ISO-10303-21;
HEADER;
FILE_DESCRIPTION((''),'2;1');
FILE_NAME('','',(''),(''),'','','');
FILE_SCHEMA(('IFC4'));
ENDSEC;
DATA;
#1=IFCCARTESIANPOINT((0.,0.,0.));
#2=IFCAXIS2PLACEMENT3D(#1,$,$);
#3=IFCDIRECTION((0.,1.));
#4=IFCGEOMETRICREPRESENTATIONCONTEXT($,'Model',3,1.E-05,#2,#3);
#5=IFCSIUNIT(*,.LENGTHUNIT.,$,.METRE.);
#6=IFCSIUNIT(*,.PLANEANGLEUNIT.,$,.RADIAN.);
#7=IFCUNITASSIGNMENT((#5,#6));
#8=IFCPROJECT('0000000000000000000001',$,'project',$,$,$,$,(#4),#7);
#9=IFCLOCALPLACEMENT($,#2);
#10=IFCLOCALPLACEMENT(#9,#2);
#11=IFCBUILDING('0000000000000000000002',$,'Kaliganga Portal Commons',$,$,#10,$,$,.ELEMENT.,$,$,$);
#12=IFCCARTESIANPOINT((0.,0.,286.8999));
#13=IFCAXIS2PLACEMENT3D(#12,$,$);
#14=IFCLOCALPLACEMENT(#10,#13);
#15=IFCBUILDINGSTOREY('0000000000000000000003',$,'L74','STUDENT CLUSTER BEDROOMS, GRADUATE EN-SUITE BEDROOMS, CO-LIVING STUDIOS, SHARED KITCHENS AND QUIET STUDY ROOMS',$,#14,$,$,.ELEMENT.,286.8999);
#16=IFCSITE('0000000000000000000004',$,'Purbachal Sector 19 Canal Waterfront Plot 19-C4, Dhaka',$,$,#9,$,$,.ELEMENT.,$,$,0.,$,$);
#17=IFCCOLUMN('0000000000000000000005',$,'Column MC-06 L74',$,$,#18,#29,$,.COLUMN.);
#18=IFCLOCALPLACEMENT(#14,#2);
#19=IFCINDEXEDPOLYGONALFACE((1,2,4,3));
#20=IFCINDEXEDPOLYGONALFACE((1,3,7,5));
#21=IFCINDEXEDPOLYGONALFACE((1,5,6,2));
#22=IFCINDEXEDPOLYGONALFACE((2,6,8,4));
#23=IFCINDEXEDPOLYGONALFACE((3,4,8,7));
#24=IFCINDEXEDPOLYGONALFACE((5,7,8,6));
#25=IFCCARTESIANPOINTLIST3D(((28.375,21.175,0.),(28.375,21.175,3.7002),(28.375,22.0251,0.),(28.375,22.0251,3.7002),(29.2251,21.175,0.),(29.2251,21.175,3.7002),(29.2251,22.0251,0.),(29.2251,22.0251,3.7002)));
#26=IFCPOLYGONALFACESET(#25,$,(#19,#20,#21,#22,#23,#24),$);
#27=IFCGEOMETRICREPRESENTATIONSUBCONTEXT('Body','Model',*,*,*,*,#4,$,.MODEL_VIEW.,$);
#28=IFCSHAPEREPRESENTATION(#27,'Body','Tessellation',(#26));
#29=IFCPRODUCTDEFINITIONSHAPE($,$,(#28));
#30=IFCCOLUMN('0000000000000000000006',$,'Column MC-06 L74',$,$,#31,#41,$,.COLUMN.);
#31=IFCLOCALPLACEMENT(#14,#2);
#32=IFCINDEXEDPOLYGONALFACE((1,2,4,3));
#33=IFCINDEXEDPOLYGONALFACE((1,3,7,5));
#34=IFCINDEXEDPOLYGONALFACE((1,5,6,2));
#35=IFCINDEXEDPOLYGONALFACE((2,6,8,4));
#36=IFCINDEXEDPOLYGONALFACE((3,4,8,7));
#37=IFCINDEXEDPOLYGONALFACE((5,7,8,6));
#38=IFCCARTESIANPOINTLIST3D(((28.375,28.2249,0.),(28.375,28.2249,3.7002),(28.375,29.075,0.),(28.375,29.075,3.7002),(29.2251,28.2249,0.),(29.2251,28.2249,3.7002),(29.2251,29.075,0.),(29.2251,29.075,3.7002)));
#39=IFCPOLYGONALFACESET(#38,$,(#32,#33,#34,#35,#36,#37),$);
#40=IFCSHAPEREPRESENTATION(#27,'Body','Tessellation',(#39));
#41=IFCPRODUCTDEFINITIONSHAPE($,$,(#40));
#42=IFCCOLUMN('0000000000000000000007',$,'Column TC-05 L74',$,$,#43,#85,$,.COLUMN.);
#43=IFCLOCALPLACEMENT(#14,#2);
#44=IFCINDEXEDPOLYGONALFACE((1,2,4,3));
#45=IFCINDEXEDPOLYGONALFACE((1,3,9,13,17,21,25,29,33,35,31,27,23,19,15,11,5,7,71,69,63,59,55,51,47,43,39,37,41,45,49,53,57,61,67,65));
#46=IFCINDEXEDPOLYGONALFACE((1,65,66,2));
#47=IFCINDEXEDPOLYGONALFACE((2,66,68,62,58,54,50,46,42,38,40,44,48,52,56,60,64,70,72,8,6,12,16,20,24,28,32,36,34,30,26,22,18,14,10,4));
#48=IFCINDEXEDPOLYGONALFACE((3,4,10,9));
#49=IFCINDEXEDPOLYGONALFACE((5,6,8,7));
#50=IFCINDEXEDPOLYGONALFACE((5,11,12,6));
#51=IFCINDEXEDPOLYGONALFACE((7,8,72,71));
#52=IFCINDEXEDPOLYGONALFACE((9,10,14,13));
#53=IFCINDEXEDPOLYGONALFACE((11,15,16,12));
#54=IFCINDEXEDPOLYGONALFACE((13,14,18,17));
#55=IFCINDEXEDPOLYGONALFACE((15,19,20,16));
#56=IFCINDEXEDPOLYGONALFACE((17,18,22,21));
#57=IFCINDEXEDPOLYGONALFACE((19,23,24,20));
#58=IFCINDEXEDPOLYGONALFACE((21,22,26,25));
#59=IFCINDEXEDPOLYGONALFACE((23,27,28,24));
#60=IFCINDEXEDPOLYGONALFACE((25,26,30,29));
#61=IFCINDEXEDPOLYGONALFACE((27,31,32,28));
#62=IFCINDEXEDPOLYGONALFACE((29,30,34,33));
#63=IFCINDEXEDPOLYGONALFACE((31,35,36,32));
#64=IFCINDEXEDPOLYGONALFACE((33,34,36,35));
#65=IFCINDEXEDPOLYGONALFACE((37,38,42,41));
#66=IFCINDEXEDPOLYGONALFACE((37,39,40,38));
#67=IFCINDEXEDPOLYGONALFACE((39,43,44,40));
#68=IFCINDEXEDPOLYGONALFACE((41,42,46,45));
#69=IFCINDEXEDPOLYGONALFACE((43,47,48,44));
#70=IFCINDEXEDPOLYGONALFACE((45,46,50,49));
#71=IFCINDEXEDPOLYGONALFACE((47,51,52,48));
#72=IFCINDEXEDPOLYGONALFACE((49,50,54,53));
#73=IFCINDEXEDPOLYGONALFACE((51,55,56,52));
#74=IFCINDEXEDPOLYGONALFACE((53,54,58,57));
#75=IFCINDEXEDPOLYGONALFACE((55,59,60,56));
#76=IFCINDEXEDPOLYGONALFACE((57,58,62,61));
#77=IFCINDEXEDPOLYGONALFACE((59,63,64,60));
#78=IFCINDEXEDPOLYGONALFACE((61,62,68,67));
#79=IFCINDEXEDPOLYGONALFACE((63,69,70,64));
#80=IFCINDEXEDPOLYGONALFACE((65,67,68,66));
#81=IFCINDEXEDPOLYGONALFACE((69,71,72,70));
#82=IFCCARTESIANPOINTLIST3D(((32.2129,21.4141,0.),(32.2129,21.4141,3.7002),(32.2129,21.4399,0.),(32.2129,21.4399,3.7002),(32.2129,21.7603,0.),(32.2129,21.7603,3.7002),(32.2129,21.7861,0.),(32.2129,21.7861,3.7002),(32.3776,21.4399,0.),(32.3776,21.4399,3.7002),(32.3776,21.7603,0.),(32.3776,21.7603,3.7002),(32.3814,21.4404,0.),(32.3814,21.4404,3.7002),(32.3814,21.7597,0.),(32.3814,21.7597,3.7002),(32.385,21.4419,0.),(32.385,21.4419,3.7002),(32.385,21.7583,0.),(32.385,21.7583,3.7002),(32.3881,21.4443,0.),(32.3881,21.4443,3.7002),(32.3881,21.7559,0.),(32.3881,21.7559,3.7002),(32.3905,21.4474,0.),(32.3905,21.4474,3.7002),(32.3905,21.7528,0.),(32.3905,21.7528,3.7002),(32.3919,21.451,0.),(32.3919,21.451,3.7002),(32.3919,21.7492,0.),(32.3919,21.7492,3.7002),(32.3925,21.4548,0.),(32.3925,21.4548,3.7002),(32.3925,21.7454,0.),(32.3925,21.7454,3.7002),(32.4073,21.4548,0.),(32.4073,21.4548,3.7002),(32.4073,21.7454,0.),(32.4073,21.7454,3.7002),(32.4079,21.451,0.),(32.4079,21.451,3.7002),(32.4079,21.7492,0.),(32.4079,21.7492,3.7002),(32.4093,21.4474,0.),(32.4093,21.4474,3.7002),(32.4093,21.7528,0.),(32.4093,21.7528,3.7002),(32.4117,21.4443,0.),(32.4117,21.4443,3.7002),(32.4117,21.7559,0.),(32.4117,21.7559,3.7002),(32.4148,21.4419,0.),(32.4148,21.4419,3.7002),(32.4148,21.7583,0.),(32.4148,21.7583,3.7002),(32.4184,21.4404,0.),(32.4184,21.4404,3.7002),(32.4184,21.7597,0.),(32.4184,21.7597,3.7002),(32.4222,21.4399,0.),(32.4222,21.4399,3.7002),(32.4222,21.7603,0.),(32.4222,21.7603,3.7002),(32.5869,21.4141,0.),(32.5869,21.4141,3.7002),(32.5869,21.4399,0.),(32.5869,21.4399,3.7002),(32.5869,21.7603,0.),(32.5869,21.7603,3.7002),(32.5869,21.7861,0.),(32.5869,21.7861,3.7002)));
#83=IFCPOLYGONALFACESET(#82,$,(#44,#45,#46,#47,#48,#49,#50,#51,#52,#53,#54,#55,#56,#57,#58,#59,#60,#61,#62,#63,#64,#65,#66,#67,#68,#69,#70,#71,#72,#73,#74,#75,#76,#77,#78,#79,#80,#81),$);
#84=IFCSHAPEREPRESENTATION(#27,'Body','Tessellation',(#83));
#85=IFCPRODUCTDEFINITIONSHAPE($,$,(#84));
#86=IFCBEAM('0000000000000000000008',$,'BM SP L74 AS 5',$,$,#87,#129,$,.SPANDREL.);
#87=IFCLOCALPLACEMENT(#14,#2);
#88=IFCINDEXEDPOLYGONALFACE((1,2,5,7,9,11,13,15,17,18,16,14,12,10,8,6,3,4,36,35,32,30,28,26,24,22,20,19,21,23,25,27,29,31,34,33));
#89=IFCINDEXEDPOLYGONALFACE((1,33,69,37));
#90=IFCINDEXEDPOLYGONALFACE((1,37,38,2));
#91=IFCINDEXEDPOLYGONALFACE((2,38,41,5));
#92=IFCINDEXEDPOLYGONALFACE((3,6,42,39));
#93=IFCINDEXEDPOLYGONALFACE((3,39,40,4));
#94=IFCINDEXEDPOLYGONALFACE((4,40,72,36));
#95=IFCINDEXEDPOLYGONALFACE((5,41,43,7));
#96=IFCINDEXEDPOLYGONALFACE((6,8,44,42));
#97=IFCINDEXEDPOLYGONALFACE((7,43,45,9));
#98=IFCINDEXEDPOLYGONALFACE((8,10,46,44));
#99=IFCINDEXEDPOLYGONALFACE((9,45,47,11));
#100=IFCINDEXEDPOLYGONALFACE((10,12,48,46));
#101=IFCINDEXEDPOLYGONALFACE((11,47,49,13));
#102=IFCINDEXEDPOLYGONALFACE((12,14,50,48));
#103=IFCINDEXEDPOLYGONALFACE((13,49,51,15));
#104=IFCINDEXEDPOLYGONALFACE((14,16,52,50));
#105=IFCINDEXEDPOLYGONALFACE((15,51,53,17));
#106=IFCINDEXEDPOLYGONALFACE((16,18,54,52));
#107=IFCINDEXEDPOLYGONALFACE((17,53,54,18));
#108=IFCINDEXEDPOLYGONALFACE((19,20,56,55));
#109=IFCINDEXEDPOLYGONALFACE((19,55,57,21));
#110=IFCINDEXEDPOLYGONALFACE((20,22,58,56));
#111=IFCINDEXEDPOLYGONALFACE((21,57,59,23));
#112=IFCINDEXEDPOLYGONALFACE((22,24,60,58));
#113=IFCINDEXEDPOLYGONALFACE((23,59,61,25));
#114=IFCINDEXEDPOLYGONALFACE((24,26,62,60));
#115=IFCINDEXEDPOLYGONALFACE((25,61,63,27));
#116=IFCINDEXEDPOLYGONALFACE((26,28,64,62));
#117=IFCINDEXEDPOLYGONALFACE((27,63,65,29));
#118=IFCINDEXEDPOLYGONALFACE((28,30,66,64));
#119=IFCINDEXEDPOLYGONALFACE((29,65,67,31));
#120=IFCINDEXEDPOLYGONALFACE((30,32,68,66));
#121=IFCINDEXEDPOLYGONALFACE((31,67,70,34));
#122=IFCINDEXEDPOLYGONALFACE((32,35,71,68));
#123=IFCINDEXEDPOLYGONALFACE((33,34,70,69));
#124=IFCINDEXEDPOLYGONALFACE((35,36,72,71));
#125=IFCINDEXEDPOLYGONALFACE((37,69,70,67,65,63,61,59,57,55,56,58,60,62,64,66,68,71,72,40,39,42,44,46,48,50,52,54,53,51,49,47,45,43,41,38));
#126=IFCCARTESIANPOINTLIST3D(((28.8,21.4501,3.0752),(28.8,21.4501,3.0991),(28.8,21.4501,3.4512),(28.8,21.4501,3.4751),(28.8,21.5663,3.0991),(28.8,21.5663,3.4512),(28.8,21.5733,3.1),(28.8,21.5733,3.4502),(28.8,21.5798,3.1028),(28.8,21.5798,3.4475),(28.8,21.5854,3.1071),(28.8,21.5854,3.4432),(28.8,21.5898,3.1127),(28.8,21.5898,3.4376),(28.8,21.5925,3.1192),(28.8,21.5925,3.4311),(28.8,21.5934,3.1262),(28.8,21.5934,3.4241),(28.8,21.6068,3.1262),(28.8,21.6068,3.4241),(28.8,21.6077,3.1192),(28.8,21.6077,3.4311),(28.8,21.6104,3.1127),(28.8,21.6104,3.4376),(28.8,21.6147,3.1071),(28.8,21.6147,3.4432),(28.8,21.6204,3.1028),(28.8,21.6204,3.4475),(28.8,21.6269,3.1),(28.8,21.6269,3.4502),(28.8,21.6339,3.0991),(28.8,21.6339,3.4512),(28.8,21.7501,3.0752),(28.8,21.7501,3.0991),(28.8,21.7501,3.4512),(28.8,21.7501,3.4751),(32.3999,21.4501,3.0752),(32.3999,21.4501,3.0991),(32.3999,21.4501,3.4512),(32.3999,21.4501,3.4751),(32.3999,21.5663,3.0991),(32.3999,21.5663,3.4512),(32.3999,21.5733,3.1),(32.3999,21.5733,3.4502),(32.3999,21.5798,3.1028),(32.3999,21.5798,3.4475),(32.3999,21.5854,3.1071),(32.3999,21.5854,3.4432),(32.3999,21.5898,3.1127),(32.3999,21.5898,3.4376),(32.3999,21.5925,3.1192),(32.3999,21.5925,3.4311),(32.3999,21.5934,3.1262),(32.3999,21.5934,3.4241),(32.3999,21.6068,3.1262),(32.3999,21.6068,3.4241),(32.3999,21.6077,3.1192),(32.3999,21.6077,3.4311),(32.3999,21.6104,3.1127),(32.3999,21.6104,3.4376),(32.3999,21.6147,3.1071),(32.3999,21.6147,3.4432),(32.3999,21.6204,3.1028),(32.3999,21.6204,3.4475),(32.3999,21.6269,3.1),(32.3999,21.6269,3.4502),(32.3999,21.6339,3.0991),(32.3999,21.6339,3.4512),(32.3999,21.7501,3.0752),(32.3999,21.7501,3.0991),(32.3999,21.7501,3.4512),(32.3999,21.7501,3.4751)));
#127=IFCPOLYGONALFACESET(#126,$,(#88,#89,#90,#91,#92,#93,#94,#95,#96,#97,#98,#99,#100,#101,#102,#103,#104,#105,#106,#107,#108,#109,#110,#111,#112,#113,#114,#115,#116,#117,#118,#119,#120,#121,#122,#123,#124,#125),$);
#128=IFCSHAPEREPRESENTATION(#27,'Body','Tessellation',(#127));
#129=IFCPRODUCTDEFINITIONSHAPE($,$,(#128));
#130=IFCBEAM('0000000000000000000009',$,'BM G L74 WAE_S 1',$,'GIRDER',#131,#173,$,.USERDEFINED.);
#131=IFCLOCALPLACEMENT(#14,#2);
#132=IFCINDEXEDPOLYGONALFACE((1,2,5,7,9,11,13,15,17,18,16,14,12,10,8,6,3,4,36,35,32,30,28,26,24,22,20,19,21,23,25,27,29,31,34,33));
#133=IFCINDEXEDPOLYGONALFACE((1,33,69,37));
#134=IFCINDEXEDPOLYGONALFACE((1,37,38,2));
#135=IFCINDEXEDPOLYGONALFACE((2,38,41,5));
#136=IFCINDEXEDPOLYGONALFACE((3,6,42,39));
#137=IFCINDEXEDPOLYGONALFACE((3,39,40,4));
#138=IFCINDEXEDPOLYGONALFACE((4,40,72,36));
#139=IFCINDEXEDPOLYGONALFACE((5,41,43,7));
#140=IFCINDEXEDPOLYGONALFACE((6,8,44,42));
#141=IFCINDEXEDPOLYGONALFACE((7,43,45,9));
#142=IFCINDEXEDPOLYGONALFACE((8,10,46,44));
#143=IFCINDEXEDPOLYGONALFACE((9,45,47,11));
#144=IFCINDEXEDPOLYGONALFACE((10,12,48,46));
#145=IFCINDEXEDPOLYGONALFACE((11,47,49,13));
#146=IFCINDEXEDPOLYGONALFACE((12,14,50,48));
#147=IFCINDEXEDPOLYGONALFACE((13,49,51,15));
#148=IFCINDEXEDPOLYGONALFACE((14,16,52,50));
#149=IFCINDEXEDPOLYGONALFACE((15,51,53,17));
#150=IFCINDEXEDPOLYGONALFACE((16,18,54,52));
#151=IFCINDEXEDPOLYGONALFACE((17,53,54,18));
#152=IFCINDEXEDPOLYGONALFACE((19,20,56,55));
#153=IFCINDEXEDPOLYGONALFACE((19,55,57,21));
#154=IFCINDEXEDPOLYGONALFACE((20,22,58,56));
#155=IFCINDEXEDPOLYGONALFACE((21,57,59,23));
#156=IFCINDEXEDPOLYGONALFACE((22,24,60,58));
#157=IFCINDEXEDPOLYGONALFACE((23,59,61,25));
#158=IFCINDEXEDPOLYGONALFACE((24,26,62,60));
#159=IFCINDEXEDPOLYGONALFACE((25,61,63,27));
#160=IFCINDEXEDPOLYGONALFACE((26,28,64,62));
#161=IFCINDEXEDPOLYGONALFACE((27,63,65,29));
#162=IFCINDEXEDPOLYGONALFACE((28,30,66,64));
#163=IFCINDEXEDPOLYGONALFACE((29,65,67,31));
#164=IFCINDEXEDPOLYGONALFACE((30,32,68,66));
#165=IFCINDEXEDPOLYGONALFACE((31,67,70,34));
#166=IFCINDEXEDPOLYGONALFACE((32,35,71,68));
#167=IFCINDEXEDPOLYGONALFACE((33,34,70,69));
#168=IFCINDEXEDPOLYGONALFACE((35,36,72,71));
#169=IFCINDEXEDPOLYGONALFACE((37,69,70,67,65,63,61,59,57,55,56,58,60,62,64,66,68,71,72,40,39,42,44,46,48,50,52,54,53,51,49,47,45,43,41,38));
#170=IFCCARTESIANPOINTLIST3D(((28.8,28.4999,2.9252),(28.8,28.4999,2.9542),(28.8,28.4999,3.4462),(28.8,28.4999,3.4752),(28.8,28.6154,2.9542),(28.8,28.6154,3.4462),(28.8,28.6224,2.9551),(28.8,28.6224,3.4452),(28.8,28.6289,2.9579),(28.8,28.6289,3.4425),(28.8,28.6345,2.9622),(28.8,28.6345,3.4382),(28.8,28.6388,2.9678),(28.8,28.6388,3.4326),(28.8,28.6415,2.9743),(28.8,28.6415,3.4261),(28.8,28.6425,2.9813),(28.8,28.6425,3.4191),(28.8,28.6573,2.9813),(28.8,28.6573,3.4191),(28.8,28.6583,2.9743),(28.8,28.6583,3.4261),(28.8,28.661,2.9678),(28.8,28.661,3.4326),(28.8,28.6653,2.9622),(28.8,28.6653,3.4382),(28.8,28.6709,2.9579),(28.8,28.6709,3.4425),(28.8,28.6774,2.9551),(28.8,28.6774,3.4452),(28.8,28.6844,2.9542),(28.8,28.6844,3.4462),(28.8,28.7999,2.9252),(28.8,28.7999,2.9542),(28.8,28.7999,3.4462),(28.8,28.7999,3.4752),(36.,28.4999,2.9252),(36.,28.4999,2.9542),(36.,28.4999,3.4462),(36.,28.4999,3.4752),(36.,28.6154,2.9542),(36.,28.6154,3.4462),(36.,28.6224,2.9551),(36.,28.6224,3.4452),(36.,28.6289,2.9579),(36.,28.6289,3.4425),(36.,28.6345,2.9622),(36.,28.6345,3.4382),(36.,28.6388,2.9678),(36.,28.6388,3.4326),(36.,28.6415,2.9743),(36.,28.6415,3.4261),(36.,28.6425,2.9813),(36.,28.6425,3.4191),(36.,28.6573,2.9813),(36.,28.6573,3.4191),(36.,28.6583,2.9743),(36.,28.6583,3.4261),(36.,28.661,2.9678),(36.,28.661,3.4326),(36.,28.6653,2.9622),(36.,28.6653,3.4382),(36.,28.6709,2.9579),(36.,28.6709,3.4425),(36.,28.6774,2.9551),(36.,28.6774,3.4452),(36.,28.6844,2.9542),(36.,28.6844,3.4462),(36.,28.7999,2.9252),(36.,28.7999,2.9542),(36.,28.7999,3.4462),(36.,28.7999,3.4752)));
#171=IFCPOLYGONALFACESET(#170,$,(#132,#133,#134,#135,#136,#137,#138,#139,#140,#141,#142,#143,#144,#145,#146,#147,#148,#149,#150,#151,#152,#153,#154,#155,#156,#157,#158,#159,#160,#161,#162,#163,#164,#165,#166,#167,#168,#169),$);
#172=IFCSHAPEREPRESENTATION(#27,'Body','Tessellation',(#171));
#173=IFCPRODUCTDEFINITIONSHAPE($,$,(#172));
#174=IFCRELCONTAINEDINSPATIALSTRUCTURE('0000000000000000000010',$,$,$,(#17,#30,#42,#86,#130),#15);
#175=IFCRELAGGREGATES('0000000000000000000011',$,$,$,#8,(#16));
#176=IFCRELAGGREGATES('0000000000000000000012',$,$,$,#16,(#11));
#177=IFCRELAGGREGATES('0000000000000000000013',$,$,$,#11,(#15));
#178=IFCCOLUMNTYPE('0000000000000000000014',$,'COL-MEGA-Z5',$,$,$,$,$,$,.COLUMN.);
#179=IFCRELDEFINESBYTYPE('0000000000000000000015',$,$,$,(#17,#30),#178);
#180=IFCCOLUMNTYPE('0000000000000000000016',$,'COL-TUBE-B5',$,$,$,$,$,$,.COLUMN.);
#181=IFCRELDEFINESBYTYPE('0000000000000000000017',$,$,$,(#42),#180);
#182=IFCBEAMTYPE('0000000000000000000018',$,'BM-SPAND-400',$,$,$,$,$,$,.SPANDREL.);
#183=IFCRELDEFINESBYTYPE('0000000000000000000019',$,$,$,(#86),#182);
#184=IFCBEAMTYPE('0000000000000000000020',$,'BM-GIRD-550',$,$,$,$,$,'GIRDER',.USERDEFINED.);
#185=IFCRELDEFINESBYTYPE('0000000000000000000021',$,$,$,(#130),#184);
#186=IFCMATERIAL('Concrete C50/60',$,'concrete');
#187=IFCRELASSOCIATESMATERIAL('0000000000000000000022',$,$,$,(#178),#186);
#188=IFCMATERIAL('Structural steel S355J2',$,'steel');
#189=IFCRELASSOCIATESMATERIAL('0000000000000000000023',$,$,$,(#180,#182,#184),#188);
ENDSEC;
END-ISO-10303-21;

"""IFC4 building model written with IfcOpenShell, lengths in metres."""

from ifc_helpers import new_model, si_unit, direction, frame, origin, origin_2d, place, context, subcontext, project, spatial, rectangle, i_section, extrude, source, transform, mapped, material, material_profile, profile_set, type_object, element, save


model = new_model("IFC4")

# Units and contexts
model_context = context("Model", 3, precision=1e-05, world=origin(), true_north=direction((0.0, 1.0)))
body_context = subcontext(model_context, "Body", "Model", "MODEL_VIEW")
ifc_project = project(units=[si_unit("LENGTHUNIT", "METRE"), si_unit("PLANEANGLEUNIT", "RADIAN")], contexts=[model_context])

# Site, building, storey
site_placement = place(None, origin())
site = spatial("IfcSite", under=ifc_project, at=site_placement, Name="Purbachal Sector 19 Canal Waterfront Plot 19-C4, Dhaka", CompositionType="ELEMENT", RefElevation=0.0)
building_placement = place(site_placement, origin())
building = spatial("IfcBuilding", under=site, at=building_placement, Name="Kaliganga Portal Commons", CompositionType="ELEMENT")
storey_placement = place(building_placement, frame((0.0, 0.0, 286.8999)))
storey = spatial("IfcBuildingStorey", under=building, at=storey_placement, Name="L74", Description="STUDENT CLUSTER BEDROOMS, GRADUATE EN-SUITE BEDROOMS, CO-LIVING STUDIOS, SHARED KITCHENS AND QUIET STUDY ROOMS", CompositionType="ELEMENT", Elevation=286.8999)

# Columns
ifc_material_1 = material(Name="Concrete C50/60", Category="concrete")
ifc_material_profile_1 = material_profile(ifc_material_1, rectangle(XDim=0.8501, YDim=0.8501, at=origin_2d()), Name="RC 850x850")
ifc_profile_set_1 = profile_set([ifc_material_profile_1], Name="Concrete C50/60")
column_type_1 = type_object("IfcColumnType", Name="COL-MEGA-Z5", PredefinedType="COLUMN", material=ifc_profile_set_1)
shared_shape_1 = source(origin(), body_context, "Body", "SweptSolid", [
    extrude(rectangle(XDim=0.8501, YDim=0.8501, at=origin_2d()), origin(), (0.0, 0.0, 1.0), 3.7002),
])
for number, where, z_axis, x_axis, name in (
    (1, (28.8, 21.6001, 0.0), (0.0, 0.0, 1.0), (1.0, 0.0, 0.0), "Column MC-06 L74"),
    (2, (28.8, 28.6499, 0.0), (0.0, 0.0, 1.0), (1.0, 0.0, 0.0), "Column MC-06 L74"),
):
    element("IfcColumn", number, at=place(storey_placement, frame(where, z_axis=z_axis, x_axis=x_axis)), inside=storey, type_object=column_type_1, Name=name, PredefinedType="COLUMN", context=body_context, shape_type="MappedRepresentation", body=[
        mapped(shared_shape_1, transform((0.0, 0.0, 0.0), x_axis=(1.0, 0.0, 0.0), y_axis=(0.0, 1.0, 0.0), z_axis=(0.0, 0.0, 1.0), scale=1.0)),
    ])
ifc_material_2 = material(Name="Structural steel S355J2", Category="steel")
ifc_material_profile_2 = material_profile(ifc_material_2, i_section(OverallWidth=0.374, OverallDepth=0.3721, WebThickness=0.0149, FlangeThickness=0.0259, FilletRadius=0.0149, at=origin_2d()), Name="HD 360x196")
ifc_profile_set_2 = profile_set([ifc_material_profile_2], Name="Structural steel S355J2 wide-flange")
column_type_2 = type_object("IfcColumnType", Name="COL-TUBE-B5", PredefinedType="COLUMN", material=ifc_profile_set_2)
shared_shape_2 = source(origin(), body_context, "Body", "SweptSolid", [
    extrude(i_section(OverallWidth=0.374, OverallDepth=0.3721, WebThickness=0.0149, FlangeThickness=0.0259, FilletRadius=0.0149, at=origin_2d()), origin(), (0.0, 0.0, 1.0), 3.7002),
])
column_placement = place(storey_placement, frame((32.3999, 21.6001, 0.0), z_axis=(0.0, 0.0, 1.0), x_axis=(1.0, 0.0, 0.0)))
element("IfcColumn", 3, at=column_placement, inside=storey, type_object=column_type_2, Name="Column TC-05 L74", PredefinedType="COLUMN", context=body_context, shape_type="MappedRepresentation", body=[
    mapped(shared_shape_2, transform((0.0, 0.0, 0.0), x_axis=(1.0, 0.0, 0.0), y_axis=(0.0, 1.0, 0.0), z_axis=(0.0, 0.0, 1.0), scale=1.0)),
])

# Beams
ifc_material_profile_3 = material_profile(ifc_material_2, i_section(OverallWidth=0.3, OverallDepth=0.3999, WebThickness=0.0134, FlangeThickness=0.0239, FilletRadius=0.0271, at=origin_2d()), Name="HE 400 B")
ifc_profile_set_3 = profile_set([ifc_material_profile_3], Name="Structural steel S355J2 wide-flange")
beam_type_1 = type_object("IfcBeamType", Name="BM-SPAND-400", PredefinedType="SPANDREL", material=ifc_profile_set_3)
shared_shape_3 = source(origin(), body_context, "Body", "SweptSolid", [
    extrude(i_section(OverallWidth=0.3, OverallDepth=0.3999, WebThickness=0.0134, FlangeThickness=0.0239, FilletRadius=0.0271, at=origin_2d()), origin(), (0.0, 0.0, 1.0), 3.5999),
])
beam_1_placement = place(storey_placement, frame((28.8, 21.6001, 3.2751), z_axis=(1.0, 0.0, 0.0), x_axis=(0.0, 1.0, 0.0)))
element("IfcBeam", 4, at=beam_1_placement, inside=storey, type_object=beam_type_1, Name="BM SP L74 AS 5", PredefinedType="SPANDREL", context=body_context, shape_type="MappedRepresentation", body=[
    mapped(shared_shape_3, transform((0.0, 0.0, 0.0), x_axis=(1.0, 0.0, 0.0), y_axis=(0.0, 1.0, 0.0), z_axis=(0.0, 0.0, 1.0), scale=1.0)),
])
ifc_material_profile_4 = material_profile(ifc_material_2, i_section(OverallWidth=0.3, OverallDepth=0.55, WebThickness=0.0149, FlangeThickness=0.0291, FilletRadius=0.0271, at=origin_2d()), Name="HE 550 B")
ifc_profile_set_4 = profile_set([ifc_material_profile_4], Name="Structural steel S355J2 wide-flange")
beam_type_2 = type_object("IfcBeamType", Name="BM-GIRD-550", ElementType="GIRDER", PredefinedType="USERDEFINED", material=ifc_profile_set_4)
shared_shape_4 = source(origin(), body_context, "Body", "SweptSolid", [
    extrude(i_section(OverallWidth=0.3, OverallDepth=0.55, WebThickness=0.0149, FlangeThickness=0.0291, FilletRadius=0.0271, at=origin_2d()), origin(), (0.0, 0.0, 1.0), 7.2),
])
beam_2_placement = place(storey_placement, frame((28.8, 28.6499, 3.2002), z_axis=(1.0, 0.0, 0.0), x_axis=(0.0, 1.0, 0.0)))
element("IfcBeam", 5, at=beam_2_placement, inside=storey, type_object=beam_type_2, Name="BM G L74 WAE_S 1", ObjectType="GIRDER", PredefinedType="USERDEFINED", context=body_context, shape_type="MappedRepresentation", body=[
    mapped(shared_shape_4, transform((0.0, 0.0, 0.0), x_axis=(1.0, 0.0, 0.0), y_axis=(0.0, 1.0, 0.0), z_axis=(0.0, 0.0, 1.0), scale=1.0)),
])

save(model, "model.ifc")
